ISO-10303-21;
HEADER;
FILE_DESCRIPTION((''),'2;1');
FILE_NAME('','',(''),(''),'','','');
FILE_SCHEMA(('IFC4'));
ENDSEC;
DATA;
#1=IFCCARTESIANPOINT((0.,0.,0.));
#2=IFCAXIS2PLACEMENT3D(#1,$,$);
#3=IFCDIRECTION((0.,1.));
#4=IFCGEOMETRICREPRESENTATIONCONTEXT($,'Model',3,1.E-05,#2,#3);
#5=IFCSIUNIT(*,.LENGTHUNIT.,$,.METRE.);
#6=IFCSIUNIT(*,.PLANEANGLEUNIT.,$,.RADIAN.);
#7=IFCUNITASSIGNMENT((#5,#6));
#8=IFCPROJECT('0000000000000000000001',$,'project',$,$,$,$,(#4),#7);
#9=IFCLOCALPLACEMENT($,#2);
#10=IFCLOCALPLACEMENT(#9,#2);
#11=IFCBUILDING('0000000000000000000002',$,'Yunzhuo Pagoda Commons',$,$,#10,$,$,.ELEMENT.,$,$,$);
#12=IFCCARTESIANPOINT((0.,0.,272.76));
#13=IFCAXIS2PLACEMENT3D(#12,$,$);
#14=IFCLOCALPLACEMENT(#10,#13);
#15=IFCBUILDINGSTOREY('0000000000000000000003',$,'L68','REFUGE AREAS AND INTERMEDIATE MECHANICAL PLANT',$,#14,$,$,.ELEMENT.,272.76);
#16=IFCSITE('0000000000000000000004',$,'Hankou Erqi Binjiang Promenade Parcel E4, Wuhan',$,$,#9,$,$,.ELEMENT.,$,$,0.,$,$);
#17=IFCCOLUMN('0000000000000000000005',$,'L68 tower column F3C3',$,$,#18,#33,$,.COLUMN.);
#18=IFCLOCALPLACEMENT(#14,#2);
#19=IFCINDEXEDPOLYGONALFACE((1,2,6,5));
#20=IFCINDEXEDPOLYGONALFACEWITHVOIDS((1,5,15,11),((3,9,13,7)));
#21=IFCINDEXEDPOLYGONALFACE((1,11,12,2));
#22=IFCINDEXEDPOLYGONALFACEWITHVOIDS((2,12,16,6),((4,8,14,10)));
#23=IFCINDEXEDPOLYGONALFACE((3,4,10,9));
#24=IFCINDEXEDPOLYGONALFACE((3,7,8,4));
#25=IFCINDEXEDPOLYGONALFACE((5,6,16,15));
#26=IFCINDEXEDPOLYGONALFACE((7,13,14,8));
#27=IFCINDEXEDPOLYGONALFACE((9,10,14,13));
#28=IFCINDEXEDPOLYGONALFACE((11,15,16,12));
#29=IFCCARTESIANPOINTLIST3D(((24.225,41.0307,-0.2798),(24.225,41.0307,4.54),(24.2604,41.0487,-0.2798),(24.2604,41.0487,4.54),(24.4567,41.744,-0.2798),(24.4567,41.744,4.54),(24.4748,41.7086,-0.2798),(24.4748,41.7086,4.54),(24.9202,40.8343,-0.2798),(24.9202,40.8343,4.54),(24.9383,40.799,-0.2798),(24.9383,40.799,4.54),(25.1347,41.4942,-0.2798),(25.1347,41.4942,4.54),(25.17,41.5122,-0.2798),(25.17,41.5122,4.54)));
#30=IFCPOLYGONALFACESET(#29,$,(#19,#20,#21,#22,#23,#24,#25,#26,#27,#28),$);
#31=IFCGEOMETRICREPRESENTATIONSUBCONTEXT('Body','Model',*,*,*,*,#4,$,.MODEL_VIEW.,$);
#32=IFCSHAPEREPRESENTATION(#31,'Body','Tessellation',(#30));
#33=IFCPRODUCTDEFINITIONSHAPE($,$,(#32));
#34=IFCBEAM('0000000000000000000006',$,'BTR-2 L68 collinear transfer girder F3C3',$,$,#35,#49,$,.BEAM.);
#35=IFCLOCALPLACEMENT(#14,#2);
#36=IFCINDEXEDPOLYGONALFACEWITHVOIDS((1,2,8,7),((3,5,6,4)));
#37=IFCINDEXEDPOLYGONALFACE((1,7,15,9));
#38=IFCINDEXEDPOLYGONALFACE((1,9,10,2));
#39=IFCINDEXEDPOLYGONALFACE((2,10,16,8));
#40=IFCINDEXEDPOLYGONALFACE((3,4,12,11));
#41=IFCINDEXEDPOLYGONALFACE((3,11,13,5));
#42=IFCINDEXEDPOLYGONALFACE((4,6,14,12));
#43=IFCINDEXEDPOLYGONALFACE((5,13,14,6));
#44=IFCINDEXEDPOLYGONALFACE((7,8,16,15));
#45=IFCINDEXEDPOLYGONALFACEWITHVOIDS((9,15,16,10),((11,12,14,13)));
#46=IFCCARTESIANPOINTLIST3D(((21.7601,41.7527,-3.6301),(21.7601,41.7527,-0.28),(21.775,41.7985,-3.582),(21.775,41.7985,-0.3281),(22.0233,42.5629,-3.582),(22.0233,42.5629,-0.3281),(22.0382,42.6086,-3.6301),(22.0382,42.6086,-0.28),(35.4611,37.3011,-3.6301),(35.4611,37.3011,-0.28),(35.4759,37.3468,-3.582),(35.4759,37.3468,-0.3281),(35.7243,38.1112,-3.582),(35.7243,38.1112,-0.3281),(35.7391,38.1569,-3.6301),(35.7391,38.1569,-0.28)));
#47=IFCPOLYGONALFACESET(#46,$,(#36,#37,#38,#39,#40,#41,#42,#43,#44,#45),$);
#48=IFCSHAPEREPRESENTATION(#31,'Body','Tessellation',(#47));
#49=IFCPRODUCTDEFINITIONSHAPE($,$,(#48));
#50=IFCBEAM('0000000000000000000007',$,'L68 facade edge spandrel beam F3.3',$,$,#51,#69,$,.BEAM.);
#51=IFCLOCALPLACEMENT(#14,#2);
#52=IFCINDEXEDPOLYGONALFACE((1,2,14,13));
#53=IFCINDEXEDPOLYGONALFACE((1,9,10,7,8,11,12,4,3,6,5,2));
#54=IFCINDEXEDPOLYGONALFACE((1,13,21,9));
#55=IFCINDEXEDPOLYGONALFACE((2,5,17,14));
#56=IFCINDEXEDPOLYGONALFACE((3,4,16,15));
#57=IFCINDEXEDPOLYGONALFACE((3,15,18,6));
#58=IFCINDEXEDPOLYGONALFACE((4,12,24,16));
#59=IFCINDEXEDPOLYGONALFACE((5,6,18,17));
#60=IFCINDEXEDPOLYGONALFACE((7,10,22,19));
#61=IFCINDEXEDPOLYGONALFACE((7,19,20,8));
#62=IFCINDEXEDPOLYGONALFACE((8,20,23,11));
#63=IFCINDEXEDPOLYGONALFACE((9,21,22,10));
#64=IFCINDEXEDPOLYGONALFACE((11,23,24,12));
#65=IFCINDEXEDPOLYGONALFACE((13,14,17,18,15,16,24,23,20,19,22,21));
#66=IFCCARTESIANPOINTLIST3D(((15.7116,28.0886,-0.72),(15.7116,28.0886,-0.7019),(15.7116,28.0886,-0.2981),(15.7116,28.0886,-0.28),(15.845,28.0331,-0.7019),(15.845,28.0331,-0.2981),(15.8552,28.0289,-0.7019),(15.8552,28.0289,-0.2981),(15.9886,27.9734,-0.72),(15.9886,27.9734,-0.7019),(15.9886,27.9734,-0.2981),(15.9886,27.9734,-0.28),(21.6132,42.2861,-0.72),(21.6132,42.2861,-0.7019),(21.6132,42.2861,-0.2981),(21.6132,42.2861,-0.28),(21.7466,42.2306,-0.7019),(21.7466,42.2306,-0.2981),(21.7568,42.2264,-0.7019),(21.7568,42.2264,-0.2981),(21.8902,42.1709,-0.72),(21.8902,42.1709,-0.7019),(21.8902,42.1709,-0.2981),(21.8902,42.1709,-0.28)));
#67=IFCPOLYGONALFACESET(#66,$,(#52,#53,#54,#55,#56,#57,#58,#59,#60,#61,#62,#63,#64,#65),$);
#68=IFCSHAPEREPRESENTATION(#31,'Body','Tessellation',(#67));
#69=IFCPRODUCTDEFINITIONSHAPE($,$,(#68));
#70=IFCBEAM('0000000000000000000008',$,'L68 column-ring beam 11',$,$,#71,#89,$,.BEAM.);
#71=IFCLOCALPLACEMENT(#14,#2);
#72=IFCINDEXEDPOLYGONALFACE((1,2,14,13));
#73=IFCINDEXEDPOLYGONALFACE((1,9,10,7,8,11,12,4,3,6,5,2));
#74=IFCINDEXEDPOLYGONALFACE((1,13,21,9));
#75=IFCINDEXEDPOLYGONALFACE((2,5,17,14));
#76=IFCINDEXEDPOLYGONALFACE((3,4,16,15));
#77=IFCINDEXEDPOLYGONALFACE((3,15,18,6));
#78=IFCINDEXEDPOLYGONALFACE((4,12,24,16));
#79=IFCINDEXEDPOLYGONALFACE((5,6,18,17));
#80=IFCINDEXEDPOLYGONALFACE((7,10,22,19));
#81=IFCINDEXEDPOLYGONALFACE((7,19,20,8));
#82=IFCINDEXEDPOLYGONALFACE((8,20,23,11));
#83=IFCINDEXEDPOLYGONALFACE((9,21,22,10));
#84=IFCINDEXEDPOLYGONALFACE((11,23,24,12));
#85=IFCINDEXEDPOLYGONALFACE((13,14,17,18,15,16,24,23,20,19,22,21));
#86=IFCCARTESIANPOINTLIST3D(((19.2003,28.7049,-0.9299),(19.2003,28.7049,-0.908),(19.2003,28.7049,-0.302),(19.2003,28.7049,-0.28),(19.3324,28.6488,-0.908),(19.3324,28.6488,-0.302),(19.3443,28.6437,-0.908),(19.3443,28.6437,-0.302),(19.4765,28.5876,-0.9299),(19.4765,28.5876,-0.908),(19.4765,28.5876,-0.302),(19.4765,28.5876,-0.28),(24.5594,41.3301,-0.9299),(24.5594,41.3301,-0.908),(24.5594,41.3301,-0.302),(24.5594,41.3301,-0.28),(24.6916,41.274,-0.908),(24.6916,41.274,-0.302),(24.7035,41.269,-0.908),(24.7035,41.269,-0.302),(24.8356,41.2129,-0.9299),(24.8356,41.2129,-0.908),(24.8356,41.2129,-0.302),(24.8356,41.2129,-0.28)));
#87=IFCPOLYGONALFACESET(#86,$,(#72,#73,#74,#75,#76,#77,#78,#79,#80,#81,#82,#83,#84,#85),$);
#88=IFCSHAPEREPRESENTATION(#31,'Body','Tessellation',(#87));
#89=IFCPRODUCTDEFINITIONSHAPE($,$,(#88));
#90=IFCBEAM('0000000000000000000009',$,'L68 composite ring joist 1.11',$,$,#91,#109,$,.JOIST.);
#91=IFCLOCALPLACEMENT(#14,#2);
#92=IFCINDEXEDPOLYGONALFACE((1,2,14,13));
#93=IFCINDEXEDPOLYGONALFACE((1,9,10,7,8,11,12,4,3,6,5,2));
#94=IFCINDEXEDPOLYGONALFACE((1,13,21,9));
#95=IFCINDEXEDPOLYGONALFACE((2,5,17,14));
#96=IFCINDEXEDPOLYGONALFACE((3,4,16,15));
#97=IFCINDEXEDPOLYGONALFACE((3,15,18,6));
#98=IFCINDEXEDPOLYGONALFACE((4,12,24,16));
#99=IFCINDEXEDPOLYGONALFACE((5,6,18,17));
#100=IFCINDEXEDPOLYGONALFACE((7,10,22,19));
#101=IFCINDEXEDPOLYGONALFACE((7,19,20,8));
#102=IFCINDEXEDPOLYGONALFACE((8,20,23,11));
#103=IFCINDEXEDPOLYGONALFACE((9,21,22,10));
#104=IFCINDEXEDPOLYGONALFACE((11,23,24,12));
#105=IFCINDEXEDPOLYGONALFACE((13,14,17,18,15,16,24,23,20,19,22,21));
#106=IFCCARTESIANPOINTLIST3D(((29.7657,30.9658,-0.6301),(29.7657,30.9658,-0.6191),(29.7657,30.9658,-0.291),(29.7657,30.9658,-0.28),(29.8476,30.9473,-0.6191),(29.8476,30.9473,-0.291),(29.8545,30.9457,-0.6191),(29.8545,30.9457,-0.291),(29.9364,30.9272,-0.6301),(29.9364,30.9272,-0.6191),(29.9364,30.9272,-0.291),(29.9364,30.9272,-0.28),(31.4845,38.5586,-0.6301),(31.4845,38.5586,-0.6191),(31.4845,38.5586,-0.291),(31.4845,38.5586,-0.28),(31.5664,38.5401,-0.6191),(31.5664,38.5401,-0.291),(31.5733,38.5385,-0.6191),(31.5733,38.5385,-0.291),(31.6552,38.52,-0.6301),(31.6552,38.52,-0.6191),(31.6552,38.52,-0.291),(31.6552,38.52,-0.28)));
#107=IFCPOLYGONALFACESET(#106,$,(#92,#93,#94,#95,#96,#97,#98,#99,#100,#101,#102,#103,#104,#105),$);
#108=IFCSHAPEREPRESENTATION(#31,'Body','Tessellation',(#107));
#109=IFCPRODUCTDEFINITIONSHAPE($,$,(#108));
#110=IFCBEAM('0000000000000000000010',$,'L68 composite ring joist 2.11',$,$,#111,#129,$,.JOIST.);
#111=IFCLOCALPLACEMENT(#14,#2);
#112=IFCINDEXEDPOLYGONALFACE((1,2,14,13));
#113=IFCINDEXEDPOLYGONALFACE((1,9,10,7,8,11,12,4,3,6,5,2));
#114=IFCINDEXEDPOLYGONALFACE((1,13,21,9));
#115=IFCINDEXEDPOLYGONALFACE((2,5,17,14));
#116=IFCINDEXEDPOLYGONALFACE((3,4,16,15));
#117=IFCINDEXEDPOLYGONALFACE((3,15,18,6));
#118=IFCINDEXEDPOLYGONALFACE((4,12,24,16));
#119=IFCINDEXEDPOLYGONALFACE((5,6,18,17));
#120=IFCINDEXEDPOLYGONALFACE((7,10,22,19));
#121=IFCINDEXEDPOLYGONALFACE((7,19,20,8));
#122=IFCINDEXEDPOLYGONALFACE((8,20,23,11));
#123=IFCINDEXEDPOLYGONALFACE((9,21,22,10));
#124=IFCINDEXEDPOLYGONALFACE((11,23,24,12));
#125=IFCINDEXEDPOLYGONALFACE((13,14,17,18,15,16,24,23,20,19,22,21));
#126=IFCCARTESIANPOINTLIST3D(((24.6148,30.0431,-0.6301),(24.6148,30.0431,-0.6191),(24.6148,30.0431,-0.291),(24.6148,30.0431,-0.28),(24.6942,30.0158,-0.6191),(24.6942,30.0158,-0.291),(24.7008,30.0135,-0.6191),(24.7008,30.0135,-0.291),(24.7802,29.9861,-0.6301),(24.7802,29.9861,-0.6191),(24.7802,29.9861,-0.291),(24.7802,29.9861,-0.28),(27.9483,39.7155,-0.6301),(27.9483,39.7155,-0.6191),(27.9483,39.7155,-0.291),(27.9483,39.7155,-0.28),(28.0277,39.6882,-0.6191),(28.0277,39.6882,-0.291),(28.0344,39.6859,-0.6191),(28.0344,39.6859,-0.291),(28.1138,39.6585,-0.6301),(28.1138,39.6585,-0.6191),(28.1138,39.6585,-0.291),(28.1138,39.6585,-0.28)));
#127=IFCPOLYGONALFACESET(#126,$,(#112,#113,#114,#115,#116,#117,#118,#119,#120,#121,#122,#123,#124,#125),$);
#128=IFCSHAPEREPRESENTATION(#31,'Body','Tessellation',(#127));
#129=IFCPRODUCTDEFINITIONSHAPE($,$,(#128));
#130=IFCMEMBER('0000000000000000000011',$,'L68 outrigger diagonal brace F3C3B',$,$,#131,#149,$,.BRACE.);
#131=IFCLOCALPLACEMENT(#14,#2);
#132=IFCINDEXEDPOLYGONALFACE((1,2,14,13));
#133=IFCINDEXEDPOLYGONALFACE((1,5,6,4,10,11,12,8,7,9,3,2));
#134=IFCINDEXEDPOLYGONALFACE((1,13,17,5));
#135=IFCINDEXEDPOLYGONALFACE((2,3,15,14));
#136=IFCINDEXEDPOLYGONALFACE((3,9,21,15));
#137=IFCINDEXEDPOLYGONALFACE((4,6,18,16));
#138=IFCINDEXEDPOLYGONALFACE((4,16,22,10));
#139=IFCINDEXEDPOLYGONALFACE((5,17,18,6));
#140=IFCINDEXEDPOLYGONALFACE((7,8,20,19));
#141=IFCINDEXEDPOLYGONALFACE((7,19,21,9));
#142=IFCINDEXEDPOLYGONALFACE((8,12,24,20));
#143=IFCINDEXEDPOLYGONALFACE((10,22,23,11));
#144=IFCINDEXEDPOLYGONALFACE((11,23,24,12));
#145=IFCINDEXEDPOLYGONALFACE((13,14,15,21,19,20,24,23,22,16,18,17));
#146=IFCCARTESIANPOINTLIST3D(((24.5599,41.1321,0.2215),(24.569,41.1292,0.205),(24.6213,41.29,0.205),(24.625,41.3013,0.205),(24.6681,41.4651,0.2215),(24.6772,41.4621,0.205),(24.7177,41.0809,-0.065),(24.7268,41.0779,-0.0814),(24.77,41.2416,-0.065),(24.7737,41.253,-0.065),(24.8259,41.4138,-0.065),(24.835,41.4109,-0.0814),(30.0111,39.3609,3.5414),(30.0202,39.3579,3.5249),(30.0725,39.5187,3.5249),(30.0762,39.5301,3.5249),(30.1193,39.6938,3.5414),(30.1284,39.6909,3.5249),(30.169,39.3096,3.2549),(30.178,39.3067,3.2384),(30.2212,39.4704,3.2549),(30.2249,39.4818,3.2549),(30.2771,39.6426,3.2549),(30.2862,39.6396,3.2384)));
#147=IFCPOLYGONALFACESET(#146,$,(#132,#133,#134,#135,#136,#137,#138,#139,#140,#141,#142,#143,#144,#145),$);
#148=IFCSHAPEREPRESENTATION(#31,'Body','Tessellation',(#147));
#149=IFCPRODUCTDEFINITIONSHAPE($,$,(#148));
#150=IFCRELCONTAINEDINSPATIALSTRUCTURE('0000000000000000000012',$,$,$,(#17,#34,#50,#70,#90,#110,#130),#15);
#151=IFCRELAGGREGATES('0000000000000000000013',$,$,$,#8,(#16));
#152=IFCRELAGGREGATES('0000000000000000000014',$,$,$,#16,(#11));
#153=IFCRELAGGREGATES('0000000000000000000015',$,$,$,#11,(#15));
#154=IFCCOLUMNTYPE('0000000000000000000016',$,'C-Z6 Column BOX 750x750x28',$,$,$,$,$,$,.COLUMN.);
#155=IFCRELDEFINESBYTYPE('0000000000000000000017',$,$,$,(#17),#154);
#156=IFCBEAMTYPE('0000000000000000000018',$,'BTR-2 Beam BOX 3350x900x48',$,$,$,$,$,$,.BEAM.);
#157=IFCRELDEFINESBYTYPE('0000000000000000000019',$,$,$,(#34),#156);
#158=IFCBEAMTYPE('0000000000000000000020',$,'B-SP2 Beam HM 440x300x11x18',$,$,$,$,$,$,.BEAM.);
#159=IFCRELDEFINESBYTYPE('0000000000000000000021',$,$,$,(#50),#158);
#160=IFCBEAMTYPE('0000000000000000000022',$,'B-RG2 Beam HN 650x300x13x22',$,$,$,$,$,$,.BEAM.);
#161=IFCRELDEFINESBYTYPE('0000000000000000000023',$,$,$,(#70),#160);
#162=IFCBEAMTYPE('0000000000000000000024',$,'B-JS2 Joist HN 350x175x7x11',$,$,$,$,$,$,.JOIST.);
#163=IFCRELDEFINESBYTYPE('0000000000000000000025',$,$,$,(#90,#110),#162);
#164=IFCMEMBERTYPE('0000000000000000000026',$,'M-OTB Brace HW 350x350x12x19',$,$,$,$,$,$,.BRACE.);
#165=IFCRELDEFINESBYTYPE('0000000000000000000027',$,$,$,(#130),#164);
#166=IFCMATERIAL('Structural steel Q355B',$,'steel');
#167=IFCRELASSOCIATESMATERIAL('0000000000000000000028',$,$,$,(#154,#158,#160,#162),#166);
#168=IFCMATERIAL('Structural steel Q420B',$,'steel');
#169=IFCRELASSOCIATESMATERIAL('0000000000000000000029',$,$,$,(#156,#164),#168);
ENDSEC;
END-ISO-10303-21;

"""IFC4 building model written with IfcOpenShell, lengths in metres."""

from ifc_helpers import new_model, si_unit, direction, frame, origin, origin_2d, place, context, subcontext, project, spatial, hollow_rectangle, i_section, extrude, source, transform, mapped, material, material_profile, profile_set, type_object, element, save


model = new_model("IFC4")

# Units and contexts
model_context = context("Model", 3, precision=1e-05, world=origin(), true_north=direction((0.0, 1.0)))
body_context = subcontext(model_context, "Body", "Model", "MODEL_VIEW")
ifc_project = project(units=[si_unit("LENGTHUNIT", "METRE"), si_unit("PLANEANGLEUNIT", "RADIAN")], contexts=[model_context])

# Site, building, storey
site_placement = place(None, origin())
site = spatial("IfcSite", under=ifc_project, at=site_placement, Name="Hankou Erqi Binjiang Promenade Parcel E4, Wuhan", CompositionType="ELEMENT", RefElevation=0.0)
building_placement = place(site_placement, origin())
building = spatial("IfcBuilding", under=site, at=building_placement, Name="Yunzhuo Pagoda Commons", CompositionType="ELEMENT")
storey_placement = place(building_placement, frame((0.0, 0.0, 272.76)))
storey = spatial("IfcBuildingStorey", under=building, at=storey_placement, Name="L68", Description="REFUGE AREAS AND INTERMEDIATE MECHANICAL PLANT", CompositionType="ELEMENT", Elevation=272.76)

# Column
ifc_material_1 = material(Name="Structural steel Q355B", Category="steel")
ifc_material_profile_1 = material_profile(ifc_material_1, hollow_rectangle(XDim=0.75, YDim=0.75, WallThickness=0.0281, at=origin_2d()), Name="Structural steel Q355B")
ifc_profile_set_1 = profile_set([ifc_material_profile_1], Name="Structural steel Q355B")
column_type = type_object("IfcColumnType", Name="C-Z6 Column BOX 750x750x28", PredefinedType="COLUMN", material=ifc_profile_set_1)
shared_shape_1 = source(origin(), body_context, "Body", "SweptSolid", [
    extrude(hollow_rectangle(XDim=0.75, YDim=0.75, WallThickness=0.0281, at=origin_2d()), origin(), (0.0, 0.0, 1.0), 4.8198),
])
column_placement = place(storey_placement, frame((24.6975, 41.2715, -0.2798), z_axis=(0.0, 0.0, 1.0), x_axis=(-0.309017, -0.951057, 0.0)))
element("IfcColumn", 1, at=column_placement, inside=storey, type_object=column_type, Name="L68 tower column F3C3", PredefinedType="COLUMN", context=body_context, shape_type="MappedRepresentation", body=[
    mapped(shared_shape_1, transform((0.0, 0.0, 0.0), scale=1.0)),
])

# Beams
ifc_material_2 = material(Name="Structural steel Q420B", Category="steel")
ifc_material_profile_2 = material_profile(ifc_material_2, hollow_rectangle(XDim=0.8999, YDim=3.3501, WallThickness=0.0481, at=origin_2d()), Name="Structural steel Q420B")
ifc_profile_set_2 = profile_set([ifc_material_profile_2], Name="Structural steel Q420B")
beam_type_1 = type_object("IfcBeamType", Name="BTR-2 Beam BOX 3350x900x48", PredefinedType="BEAM", material=ifc_profile_set_2)
shared_shape_2 = source(origin(), body_context, "Body", "SweptSolid", [
    extrude(hollow_rectangle(XDim=0.8999, YDim=3.3501, WallThickness=0.0481, at=origin_2d()), origin(), (0.0, 0.0, 1.0), 14.406),
])
beam_1_placement = place(storey_placement, frame((21.8992, 42.1807, -1.9551), z_axis=(0.951057, -0.309014, 0.0), x_axis=(0.309014, 0.951057, 0.0)))
element("IfcBeam", 2, at=beam_1_placement, inside=storey, type_object=beam_type_1, Name="BTR-2 L68 collinear transfer girder F3C3", PredefinedType="BEAM", context=body_context, shape_type="MappedRepresentation", body=[
    mapped(shared_shape_2, transform((0.0, 0.0, 0.0), scale=1.0)),
])
ifc_material_profile_3 = material_profile(ifc_material_1, i_section(OverallWidth=0.3, OverallDepth=0.4399, WebThickness=0.011, FlangeThickness=0.0181, at=origin_2d()), Name="Structural steel Q355B")
ifc_profile_set_3 = profile_set([ifc_material_profile_3], Name="Structural steel Q355B")
beam_type_2 = type_object("IfcBeamType", Name="B-SP2 Beam HM 440x300x11x18", PredefinedType="BEAM", material=ifc_profile_set_3)
shared_shape_3 = source(origin(), body_context, "Body", "SweptSolid", [
    extrude(i_section(OverallWidth=0.3, OverallDepth=0.4399, WebThickness=0.011, FlangeThickness=0.0181, at=origin_2d()), origin(), (0.0, 0.0, 1.0), 15.3752),
])
beam_2_placement = place(storey_placement, frame((21.7517, 42.2285, -0.5), z_axis=(-0.383838, -0.9234, 0.0), x_axis=(0.9234, -0.383838, 0.0)))
element("IfcBeam", 3, at=beam_2_placement, inside=storey, type_object=beam_type_2, Name="L68 facade edge spandrel beam F3.3", PredefinedType="BEAM", context=body_context, shape_type="MappedRepresentation", body=[
    mapped(shared_shape_3, transform((0.0, 0.0, 0.0), scale=1.0)),
])
ifc_material_profile_4 = material_profile(ifc_material_1, i_section(OverallWidth=0.3, OverallDepth=0.6499, WebThickness=0.0129, FlangeThickness=0.022, at=origin_2d()), Name="Structural steel Q355B")
ifc_profile_set_4 = profile_set([ifc_material_profile_4], Name="Structural steel Q355B")
beam_type_3 = type_object("IfcBeamType", Name="B-RG2 Beam HN 650x300x13x22", PredefinedType="BEAM", material=ifc_profile_set_4)
shared_shape_4 = source(origin(), body_context, "Body", "SweptSolid", [
    extrude(i_section(OverallWidth=0.3, OverallDepth=0.6499, WebThickness=0.0129, FlangeThickness=0.022, at=origin_2d()), origin(), (0.0, 0.0, 1.0), 13.7156),
])
beam_3_placement = place(storey_placement, frame((24.6975, 41.2715, -0.605), z_axis=(-0.390733, -0.920504, 0.0), x_axis=(0.920504, -0.390733, 0.0)))
element("IfcBeam", 4, at=beam_3_placement, inside=storey, type_object=beam_type_3, Name="L68 column-ring beam 11", PredefinedType="BEAM", context=body_context, shape_type="MappedRepresentation", body=[
    mapped(shared_shape_4, transform((0.0, 0.0, 0.0), scale=1.0)),
])
ifc_material_profile_5 = material_profile(ifc_material_1, i_section(OverallWidth=0.175, OverallDepth=0.3501, WebThickness=0.0071, FlangeThickness=0.011, at=origin_2d()), Name="Structural steel Q355B")
ifc_profile_set_5 = profile_set([ifc_material_profile_5], Name="Structural steel Q355B")
beam_type_4 = type_object("IfcBeamType", Name="B-JS2 Joist HN 350x175x7x11", PredefinedType="JOIST", material=ifc_profile_set_5)
shared_shape_5 = source(origin(), body_context, "Body", "SweptSolid", [
    extrude(i_section(OverallWidth=0.175, OverallDepth=0.3501, WebThickness=0.0071, FlangeThickness=0.011, at=origin_2d()), origin(), (0.0, 0.0, 1.0), 7.7849),
])
beam_4_placement = place(storey_placement, frame((31.5698, 38.5393, -0.4551), z_axis=(-0.220781, -0.975323, 0.0), x_axis=(0.975323, -0.220781, 0.0)))
element("IfcBeam", 5, at=beam_4_placement, inside=storey, type_object=beam_type_4, Name="L68 composite ring joist 1.11", PredefinedType="JOIST", context=body_context, shape_type="MappedRepresentation", body=[
    mapped(shared_shape_5, transform((0.0, 0.0, 0.0), scale=1.0)),
])
shared_shape_6 = source(origin(), body_context, "Body", "SweptSolid", [
    extrude(i_section(OverallWidth=0.175, OverallDepth=0.3501, WebThickness=0.0071, FlangeThickness=0.011, at=origin_2d()), origin(), (0.0, 0.0, 1.0), 10.2307),
])
beam_5_placement = place(storey_placement, frame((28.031, 39.687, -0.4551), z_axis=(-0.325833, -0.945427, 0.0), x_axis=(0.945427, -0.325833, 0.0)))
element("IfcBeam", 6, at=beam_5_placement, inside=storey, type_object=beam_type_4, Name="L68 composite ring joist 2.11", PredefinedType="JOIST", context=body_context, shape_type="MappedRepresentation", body=[
    mapped(shared_shape_6, transform((0.0, 0.0, 0.0), scale=1.0)),
])

# Member
ifc_material_profile_6 = material_profile(ifc_material_2, i_section(OverallWidth=0.3501, OverallDepth=0.3501, WebThickness=0.012, FlangeThickness=0.019, at=origin_2d()), Name="Structural steel Q420B")
ifc_profile_set_6 = profile_set([ifc_material_profile_6], Name="Structural steel Q420B")
member_type_1 = type_object("IfcMemberType", Name="M-OTB Brace HW 350x350x12x19", PredefinedType="BRACE", material=ifc_profile_set_6)
shared_shape_7 = source(origin(), body_context, "Body", "SweptSolid", [
    extrude(i_section(OverallWidth=0.3501, OverallDepth=0.3501, WebThickness=0.012, FlangeThickness=0.019, at=origin_2d()), origin(), (0.0, 0.0, 1.0), 6.6238),
])
member_1_placement = place(storey_placement, frame((30.1487, 39.5002, 3.3899), z_axis=(-0.822976, 0.267408, -0.501202), x_axis=(-0.309024, -0.951054, 0.0)))
element("IfcMember", 7, at=member_1_placement, inside=storey, type_object=member_type_1, Name="L68 outrigger diagonal brace F3C3B", PredefinedType="BRACE", context=body_context, shape_type="MappedRepresentation", body=[
    mapped(shared_shape_7, transform((0.0, 0.0, 0.0), scale=1.0)),
])

save(model, "model.ifc")
